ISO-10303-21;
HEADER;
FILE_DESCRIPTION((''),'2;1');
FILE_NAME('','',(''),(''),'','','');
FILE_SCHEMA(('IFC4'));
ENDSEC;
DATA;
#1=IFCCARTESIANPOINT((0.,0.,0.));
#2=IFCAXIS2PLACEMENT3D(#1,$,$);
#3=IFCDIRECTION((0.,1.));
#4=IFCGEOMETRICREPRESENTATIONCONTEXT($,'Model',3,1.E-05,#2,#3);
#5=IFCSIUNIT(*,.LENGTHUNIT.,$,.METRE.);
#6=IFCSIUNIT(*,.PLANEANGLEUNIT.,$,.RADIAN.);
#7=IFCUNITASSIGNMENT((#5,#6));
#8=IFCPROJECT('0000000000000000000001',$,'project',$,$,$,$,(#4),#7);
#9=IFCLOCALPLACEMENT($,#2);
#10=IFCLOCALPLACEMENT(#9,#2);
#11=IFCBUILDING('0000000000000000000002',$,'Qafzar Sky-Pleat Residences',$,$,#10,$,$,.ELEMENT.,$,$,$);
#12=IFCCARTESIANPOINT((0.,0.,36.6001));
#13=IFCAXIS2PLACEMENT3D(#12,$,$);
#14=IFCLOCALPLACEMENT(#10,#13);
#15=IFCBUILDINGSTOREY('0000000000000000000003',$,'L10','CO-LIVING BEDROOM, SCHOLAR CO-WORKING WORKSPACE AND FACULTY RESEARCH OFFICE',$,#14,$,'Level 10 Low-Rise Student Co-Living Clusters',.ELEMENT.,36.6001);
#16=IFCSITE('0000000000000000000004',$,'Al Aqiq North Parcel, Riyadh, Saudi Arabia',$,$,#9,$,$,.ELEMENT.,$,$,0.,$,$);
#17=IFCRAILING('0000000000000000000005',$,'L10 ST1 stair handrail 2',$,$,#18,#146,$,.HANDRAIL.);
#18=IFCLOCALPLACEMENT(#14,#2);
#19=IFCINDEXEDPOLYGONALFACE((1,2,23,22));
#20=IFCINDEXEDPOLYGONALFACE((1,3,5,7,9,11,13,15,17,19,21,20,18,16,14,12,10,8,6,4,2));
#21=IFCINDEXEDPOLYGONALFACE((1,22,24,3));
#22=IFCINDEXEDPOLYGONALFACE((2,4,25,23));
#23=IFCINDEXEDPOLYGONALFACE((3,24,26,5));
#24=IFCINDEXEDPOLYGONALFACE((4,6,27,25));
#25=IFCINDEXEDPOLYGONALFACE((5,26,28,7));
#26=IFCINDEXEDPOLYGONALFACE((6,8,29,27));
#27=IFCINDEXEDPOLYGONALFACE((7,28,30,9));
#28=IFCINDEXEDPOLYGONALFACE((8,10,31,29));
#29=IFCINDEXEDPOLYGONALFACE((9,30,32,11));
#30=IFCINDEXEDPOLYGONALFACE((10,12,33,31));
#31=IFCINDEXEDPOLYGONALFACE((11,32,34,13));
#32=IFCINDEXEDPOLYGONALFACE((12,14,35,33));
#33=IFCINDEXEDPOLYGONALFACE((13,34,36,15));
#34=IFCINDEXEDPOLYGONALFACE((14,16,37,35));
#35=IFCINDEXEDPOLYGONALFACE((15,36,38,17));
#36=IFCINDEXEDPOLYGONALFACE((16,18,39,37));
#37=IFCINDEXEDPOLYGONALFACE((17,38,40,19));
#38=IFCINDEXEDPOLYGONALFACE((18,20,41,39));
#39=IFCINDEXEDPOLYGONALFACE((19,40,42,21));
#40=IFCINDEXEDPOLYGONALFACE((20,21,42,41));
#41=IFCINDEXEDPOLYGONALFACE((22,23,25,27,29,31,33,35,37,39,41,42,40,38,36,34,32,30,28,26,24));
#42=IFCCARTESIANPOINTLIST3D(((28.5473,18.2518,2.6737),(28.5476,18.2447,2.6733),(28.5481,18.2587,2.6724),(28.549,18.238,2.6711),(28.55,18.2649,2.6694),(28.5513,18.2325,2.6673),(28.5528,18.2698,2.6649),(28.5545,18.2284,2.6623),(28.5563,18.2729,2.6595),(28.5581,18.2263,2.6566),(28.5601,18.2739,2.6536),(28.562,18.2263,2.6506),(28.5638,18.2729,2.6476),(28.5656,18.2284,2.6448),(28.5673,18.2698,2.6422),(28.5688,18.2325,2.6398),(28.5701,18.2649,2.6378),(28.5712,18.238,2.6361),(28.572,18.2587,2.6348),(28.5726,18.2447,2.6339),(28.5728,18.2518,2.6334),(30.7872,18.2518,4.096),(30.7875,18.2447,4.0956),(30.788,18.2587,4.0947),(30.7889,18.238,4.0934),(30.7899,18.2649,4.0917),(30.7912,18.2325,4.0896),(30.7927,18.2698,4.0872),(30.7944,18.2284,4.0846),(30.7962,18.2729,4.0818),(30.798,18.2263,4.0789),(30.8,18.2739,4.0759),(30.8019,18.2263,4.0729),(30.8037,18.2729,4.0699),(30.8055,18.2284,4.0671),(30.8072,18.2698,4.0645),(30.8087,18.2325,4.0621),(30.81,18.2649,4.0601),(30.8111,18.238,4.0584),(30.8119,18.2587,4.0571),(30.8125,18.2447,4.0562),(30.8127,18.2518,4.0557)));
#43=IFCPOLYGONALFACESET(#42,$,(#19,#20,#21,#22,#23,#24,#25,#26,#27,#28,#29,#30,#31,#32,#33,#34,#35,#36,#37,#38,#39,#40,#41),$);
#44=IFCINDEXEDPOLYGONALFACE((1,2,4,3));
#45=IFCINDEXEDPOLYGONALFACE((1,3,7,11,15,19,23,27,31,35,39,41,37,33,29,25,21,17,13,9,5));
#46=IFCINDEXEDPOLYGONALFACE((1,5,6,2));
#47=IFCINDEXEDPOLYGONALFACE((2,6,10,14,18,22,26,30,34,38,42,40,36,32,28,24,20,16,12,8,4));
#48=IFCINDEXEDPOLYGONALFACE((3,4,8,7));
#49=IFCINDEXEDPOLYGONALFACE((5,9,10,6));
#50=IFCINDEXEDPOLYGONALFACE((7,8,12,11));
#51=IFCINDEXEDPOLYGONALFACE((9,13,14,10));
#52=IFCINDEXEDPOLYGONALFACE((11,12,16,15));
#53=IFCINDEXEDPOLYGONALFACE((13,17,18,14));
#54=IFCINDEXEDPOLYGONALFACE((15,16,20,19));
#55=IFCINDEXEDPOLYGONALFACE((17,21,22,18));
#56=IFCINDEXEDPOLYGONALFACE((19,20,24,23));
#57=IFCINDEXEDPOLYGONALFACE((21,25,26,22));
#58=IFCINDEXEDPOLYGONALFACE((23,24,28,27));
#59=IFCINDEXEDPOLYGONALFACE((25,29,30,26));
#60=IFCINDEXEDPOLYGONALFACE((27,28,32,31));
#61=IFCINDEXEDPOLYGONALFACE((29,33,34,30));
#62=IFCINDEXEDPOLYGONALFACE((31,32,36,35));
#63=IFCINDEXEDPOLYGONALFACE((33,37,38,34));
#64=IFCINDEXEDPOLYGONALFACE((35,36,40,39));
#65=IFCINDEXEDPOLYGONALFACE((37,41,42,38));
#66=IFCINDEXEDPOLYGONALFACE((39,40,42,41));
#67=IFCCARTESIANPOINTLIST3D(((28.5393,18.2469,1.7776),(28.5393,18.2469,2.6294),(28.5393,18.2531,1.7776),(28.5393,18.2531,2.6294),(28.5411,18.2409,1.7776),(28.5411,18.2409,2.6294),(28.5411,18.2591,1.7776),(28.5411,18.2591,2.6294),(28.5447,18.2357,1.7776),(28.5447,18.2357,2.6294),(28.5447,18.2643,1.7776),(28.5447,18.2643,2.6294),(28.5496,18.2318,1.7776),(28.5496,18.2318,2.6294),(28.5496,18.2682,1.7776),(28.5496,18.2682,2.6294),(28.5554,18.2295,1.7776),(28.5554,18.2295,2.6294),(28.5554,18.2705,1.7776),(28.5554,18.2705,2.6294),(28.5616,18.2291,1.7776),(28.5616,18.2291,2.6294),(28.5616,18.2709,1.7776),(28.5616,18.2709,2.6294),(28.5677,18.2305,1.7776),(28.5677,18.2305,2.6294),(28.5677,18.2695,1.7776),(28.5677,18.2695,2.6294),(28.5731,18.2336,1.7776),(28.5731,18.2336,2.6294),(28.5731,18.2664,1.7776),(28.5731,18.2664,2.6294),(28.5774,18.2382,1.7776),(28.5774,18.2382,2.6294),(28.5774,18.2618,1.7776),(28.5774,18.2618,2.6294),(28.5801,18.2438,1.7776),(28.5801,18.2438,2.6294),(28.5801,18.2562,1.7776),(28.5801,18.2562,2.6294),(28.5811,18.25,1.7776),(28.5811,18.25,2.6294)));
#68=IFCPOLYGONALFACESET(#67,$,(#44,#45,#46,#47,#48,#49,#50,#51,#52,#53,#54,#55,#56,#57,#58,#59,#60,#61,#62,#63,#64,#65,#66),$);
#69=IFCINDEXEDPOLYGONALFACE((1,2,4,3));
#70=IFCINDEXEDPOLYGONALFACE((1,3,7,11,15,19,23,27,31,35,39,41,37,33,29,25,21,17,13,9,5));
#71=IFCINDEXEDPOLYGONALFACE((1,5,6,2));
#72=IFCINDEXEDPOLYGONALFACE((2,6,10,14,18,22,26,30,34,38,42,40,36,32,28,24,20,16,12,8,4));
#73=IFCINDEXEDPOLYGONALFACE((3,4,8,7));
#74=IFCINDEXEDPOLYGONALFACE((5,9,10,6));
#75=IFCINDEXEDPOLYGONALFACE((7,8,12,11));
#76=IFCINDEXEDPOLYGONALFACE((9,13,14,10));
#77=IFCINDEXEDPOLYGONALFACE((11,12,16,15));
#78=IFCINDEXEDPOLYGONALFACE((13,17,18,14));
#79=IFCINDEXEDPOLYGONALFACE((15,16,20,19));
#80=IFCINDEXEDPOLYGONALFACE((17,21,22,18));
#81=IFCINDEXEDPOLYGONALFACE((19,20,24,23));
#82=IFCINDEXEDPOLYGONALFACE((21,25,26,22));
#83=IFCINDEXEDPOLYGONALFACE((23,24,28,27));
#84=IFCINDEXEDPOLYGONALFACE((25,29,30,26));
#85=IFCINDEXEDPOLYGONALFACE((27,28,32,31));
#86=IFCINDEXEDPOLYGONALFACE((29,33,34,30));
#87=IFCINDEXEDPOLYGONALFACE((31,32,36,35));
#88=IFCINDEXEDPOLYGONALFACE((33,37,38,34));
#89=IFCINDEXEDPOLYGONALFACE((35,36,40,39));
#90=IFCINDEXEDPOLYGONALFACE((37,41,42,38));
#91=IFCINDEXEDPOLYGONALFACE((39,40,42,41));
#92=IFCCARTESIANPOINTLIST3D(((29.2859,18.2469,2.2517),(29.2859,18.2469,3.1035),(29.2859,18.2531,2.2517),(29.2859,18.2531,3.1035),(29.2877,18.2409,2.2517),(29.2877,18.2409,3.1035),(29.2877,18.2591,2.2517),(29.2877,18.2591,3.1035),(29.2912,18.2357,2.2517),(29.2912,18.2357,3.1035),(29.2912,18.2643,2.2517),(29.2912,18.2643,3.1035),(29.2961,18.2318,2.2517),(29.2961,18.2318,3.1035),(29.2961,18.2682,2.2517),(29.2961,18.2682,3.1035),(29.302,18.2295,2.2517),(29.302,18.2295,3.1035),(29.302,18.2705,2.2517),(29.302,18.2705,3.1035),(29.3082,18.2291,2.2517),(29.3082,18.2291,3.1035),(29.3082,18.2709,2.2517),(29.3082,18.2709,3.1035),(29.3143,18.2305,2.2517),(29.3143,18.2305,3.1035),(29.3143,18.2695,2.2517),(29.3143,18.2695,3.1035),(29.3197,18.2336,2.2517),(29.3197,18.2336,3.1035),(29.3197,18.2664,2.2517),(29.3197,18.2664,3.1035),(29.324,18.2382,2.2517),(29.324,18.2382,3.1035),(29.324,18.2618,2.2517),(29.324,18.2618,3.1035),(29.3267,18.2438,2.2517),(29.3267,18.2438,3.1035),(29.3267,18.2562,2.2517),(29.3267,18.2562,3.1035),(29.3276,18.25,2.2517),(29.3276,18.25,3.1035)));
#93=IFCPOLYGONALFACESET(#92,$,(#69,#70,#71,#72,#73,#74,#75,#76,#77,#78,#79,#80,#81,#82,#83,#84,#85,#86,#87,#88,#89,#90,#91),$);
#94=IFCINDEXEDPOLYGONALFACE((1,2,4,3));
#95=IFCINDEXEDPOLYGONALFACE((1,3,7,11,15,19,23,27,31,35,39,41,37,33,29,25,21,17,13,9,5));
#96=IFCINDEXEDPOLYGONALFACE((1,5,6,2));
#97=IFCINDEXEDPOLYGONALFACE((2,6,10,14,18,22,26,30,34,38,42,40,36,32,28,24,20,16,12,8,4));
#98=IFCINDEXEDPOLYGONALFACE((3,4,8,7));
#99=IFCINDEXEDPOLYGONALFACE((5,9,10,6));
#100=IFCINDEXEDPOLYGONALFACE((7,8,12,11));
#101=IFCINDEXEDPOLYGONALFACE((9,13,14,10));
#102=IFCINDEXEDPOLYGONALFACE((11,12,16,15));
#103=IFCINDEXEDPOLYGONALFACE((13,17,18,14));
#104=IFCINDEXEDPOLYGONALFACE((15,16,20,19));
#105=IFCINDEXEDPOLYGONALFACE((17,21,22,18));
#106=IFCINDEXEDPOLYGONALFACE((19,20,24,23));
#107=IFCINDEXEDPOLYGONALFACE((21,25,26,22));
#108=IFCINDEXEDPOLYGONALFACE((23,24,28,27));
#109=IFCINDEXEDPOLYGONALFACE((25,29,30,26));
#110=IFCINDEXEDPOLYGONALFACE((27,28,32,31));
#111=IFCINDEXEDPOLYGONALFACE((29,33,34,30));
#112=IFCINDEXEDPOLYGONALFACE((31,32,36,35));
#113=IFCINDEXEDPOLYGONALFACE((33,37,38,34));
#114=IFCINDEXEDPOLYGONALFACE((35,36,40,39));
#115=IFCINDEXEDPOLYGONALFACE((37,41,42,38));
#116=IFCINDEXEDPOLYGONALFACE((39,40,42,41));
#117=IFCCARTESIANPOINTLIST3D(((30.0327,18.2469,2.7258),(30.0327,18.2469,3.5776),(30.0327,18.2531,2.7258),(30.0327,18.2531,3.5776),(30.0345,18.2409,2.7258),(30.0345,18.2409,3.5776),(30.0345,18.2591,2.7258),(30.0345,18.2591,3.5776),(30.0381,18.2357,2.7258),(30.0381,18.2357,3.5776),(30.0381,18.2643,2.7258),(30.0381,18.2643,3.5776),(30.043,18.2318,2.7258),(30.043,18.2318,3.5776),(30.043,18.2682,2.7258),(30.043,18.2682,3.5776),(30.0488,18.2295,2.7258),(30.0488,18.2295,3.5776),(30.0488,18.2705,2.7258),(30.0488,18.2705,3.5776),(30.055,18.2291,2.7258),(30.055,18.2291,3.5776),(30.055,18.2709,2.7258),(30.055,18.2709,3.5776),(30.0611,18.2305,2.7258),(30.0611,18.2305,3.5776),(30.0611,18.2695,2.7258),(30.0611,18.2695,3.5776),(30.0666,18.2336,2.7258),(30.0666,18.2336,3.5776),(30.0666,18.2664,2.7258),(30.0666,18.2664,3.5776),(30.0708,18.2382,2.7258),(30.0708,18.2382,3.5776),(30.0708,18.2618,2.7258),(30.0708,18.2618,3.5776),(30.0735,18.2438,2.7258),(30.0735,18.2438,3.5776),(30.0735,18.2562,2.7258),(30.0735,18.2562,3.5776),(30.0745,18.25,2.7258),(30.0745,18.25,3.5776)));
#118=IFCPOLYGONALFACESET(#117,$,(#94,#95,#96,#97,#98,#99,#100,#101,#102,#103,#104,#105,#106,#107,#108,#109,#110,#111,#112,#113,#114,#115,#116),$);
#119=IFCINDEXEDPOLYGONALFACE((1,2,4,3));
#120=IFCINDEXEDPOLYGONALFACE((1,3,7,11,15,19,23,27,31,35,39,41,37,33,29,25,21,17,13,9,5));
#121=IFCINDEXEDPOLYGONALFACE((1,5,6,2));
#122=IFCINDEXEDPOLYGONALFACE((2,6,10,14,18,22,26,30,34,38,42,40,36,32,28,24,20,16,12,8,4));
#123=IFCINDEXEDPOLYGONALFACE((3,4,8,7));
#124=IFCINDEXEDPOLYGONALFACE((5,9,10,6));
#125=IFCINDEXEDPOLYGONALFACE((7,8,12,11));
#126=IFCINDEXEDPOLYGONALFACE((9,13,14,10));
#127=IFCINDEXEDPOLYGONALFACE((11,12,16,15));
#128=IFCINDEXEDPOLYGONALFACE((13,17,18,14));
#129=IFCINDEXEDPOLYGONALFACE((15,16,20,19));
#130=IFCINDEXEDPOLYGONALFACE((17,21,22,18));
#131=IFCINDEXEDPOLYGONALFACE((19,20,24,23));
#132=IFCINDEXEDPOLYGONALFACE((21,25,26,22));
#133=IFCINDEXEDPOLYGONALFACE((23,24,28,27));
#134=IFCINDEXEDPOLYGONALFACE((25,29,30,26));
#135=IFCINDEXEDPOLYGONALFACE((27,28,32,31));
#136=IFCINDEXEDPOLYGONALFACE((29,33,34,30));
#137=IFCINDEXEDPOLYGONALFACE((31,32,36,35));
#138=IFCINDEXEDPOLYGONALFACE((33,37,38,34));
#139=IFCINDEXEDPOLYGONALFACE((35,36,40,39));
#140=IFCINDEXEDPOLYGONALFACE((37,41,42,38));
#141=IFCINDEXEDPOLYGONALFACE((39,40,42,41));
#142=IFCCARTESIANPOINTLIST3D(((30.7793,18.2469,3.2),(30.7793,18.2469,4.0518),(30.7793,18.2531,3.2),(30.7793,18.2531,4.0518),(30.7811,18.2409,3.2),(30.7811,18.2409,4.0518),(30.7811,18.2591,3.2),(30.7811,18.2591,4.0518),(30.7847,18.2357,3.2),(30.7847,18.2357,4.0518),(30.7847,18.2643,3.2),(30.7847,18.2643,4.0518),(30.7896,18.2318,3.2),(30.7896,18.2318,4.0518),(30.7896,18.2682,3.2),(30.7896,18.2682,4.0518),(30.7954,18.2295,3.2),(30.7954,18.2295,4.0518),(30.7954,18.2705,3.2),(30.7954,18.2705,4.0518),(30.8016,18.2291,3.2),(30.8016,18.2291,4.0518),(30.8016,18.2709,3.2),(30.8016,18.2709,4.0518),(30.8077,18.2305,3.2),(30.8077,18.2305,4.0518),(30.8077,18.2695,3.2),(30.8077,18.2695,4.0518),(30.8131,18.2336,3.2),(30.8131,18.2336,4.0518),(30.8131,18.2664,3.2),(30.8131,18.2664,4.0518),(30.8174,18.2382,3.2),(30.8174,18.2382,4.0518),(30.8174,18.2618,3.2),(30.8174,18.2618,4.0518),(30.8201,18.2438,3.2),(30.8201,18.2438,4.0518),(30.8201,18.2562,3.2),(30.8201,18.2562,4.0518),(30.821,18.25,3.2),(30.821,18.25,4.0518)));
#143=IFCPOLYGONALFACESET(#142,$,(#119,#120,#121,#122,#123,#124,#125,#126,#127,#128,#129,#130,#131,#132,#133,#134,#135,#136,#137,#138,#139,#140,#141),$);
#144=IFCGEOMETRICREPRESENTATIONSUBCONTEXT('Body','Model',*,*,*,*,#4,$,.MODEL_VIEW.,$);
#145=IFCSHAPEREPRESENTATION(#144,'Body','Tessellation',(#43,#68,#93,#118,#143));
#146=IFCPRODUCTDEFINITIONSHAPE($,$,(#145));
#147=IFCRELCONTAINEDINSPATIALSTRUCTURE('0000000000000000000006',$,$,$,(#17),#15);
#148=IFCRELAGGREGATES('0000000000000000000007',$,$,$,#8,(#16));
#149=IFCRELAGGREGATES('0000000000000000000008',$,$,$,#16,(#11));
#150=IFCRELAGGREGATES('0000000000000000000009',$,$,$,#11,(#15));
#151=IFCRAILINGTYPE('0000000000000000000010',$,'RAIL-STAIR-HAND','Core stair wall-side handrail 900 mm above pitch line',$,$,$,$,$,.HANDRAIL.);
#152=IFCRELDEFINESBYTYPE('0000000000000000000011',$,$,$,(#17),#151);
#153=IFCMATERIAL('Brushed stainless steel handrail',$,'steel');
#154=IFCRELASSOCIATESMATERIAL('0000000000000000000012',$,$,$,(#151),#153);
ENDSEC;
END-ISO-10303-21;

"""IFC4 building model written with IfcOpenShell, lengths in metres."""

from ifc_helpers import new_model, si_unit, direction, frame, origin, origin_2d, place, context, subcontext, project, spatial, circle, extrude, source, transform, mapped, material, type_object, element, save


model = new_model("IFC4")

# Units and contexts
model_context = context("Model", 3, precision=1e-05, world=origin(), true_north=direction((0.0, 1.0)))
body_context = subcontext(model_context, "Body", "Model", "MODEL_VIEW")
ifc_project = project(units=[si_unit("LENGTHUNIT", "METRE"), si_unit("PLANEANGLEUNIT", "RADIAN")], contexts=[model_context])

# Site, building, storey
site_placement = place(None, origin())
site = spatial("IfcSite", under=ifc_project, at=site_placement, Name="Al Aqiq North Parcel, Riyadh, Saudi Arabia", CompositionType="ELEMENT", RefElevation=0.0)
building_placement = place(site_placement, origin())
building = spatial("IfcBuilding", under=site, at=building_placement, Name="Qafzar Sky-Pleat Residences", CompositionType="ELEMENT")
storey_placement = place(building_placement, frame((0.0, 0.0, 36.6001)))
storey = spatial("IfcBuildingStorey", under=building, at=storey_placement, Name="L10", Description="CO-LIVING BEDROOM, SCHOLAR CO-WORKING WORKSPACE AND FACULTY RESEARCH OFFICE", LongName="Level 10 Low-Rise Student Co-Living Clusters", CompositionType="ELEMENT", Elevation=36.6001)

# Railing
ifc_material_1 = material(Name="Brushed stainless steel handrail", Category="steel")
railing_type_1 = type_object("IfcRailingType", Name="RAIL-STAIR-HAND", Description="Core stair wall-side handrail 900 mm above pitch line", PredefinedType="HANDRAIL", material=ifc_material_1)
shared_shape_1 = source(origin(), body_context, "Body", "SweptSolid", [
    extrude(circle(Radius=0.0239, at=origin_2d()), frame((0.0, 0.0, 0.876), z_axis=(0.844188, 0.0, 0.536048), x_axis=(0.0, 1.0, 0.0)), (0.0, 0.0, 1.0), 2.6533),
    extrude(circle(Radius=0.021, at=origin_2d()), origin(), (0.0, 0.0, 1.0), 0.8518),
    extrude(circle(Radius=0.021, at=origin_2d()), frame((0.7466, 0.0, 0.4741)), (0.0, 0.0, 1.0), 0.8518),
    extrude(circle(Radius=0.021, at=origin_2d()), frame((1.4934, 0.0, 0.9482)), (0.0, 0.0, 1.0), 0.8518),
    extrude(circle(Radius=0.021, at=origin_2d()), frame((2.24, 0.0, 1.4224)), (0.0, 0.0, 1.0), 0.8518),
])
for number, where, name in (
    (1, (28.5601, 18.25, 1.7776), "L10 ST1 stair handrail 2"),
):
    element("IfcRailing", number, at=place(storey_placement, frame(where)), inside=storey, type_object=railing_type_1, Name=name, PredefinedType="HANDRAIL", context=body_context, shape_type="MappedRepresentation", body=[
        mapped(shared_shape_1, transform((0.0, 0.0, 0.0), x_axis=(1.0, 0.0, 0.0), y_axis=(0.0, 1.0, 0.0), z_axis=(0.0, 0.0, 1.0), scale=1.0)),
    ])

save(model, "model.ifc")
